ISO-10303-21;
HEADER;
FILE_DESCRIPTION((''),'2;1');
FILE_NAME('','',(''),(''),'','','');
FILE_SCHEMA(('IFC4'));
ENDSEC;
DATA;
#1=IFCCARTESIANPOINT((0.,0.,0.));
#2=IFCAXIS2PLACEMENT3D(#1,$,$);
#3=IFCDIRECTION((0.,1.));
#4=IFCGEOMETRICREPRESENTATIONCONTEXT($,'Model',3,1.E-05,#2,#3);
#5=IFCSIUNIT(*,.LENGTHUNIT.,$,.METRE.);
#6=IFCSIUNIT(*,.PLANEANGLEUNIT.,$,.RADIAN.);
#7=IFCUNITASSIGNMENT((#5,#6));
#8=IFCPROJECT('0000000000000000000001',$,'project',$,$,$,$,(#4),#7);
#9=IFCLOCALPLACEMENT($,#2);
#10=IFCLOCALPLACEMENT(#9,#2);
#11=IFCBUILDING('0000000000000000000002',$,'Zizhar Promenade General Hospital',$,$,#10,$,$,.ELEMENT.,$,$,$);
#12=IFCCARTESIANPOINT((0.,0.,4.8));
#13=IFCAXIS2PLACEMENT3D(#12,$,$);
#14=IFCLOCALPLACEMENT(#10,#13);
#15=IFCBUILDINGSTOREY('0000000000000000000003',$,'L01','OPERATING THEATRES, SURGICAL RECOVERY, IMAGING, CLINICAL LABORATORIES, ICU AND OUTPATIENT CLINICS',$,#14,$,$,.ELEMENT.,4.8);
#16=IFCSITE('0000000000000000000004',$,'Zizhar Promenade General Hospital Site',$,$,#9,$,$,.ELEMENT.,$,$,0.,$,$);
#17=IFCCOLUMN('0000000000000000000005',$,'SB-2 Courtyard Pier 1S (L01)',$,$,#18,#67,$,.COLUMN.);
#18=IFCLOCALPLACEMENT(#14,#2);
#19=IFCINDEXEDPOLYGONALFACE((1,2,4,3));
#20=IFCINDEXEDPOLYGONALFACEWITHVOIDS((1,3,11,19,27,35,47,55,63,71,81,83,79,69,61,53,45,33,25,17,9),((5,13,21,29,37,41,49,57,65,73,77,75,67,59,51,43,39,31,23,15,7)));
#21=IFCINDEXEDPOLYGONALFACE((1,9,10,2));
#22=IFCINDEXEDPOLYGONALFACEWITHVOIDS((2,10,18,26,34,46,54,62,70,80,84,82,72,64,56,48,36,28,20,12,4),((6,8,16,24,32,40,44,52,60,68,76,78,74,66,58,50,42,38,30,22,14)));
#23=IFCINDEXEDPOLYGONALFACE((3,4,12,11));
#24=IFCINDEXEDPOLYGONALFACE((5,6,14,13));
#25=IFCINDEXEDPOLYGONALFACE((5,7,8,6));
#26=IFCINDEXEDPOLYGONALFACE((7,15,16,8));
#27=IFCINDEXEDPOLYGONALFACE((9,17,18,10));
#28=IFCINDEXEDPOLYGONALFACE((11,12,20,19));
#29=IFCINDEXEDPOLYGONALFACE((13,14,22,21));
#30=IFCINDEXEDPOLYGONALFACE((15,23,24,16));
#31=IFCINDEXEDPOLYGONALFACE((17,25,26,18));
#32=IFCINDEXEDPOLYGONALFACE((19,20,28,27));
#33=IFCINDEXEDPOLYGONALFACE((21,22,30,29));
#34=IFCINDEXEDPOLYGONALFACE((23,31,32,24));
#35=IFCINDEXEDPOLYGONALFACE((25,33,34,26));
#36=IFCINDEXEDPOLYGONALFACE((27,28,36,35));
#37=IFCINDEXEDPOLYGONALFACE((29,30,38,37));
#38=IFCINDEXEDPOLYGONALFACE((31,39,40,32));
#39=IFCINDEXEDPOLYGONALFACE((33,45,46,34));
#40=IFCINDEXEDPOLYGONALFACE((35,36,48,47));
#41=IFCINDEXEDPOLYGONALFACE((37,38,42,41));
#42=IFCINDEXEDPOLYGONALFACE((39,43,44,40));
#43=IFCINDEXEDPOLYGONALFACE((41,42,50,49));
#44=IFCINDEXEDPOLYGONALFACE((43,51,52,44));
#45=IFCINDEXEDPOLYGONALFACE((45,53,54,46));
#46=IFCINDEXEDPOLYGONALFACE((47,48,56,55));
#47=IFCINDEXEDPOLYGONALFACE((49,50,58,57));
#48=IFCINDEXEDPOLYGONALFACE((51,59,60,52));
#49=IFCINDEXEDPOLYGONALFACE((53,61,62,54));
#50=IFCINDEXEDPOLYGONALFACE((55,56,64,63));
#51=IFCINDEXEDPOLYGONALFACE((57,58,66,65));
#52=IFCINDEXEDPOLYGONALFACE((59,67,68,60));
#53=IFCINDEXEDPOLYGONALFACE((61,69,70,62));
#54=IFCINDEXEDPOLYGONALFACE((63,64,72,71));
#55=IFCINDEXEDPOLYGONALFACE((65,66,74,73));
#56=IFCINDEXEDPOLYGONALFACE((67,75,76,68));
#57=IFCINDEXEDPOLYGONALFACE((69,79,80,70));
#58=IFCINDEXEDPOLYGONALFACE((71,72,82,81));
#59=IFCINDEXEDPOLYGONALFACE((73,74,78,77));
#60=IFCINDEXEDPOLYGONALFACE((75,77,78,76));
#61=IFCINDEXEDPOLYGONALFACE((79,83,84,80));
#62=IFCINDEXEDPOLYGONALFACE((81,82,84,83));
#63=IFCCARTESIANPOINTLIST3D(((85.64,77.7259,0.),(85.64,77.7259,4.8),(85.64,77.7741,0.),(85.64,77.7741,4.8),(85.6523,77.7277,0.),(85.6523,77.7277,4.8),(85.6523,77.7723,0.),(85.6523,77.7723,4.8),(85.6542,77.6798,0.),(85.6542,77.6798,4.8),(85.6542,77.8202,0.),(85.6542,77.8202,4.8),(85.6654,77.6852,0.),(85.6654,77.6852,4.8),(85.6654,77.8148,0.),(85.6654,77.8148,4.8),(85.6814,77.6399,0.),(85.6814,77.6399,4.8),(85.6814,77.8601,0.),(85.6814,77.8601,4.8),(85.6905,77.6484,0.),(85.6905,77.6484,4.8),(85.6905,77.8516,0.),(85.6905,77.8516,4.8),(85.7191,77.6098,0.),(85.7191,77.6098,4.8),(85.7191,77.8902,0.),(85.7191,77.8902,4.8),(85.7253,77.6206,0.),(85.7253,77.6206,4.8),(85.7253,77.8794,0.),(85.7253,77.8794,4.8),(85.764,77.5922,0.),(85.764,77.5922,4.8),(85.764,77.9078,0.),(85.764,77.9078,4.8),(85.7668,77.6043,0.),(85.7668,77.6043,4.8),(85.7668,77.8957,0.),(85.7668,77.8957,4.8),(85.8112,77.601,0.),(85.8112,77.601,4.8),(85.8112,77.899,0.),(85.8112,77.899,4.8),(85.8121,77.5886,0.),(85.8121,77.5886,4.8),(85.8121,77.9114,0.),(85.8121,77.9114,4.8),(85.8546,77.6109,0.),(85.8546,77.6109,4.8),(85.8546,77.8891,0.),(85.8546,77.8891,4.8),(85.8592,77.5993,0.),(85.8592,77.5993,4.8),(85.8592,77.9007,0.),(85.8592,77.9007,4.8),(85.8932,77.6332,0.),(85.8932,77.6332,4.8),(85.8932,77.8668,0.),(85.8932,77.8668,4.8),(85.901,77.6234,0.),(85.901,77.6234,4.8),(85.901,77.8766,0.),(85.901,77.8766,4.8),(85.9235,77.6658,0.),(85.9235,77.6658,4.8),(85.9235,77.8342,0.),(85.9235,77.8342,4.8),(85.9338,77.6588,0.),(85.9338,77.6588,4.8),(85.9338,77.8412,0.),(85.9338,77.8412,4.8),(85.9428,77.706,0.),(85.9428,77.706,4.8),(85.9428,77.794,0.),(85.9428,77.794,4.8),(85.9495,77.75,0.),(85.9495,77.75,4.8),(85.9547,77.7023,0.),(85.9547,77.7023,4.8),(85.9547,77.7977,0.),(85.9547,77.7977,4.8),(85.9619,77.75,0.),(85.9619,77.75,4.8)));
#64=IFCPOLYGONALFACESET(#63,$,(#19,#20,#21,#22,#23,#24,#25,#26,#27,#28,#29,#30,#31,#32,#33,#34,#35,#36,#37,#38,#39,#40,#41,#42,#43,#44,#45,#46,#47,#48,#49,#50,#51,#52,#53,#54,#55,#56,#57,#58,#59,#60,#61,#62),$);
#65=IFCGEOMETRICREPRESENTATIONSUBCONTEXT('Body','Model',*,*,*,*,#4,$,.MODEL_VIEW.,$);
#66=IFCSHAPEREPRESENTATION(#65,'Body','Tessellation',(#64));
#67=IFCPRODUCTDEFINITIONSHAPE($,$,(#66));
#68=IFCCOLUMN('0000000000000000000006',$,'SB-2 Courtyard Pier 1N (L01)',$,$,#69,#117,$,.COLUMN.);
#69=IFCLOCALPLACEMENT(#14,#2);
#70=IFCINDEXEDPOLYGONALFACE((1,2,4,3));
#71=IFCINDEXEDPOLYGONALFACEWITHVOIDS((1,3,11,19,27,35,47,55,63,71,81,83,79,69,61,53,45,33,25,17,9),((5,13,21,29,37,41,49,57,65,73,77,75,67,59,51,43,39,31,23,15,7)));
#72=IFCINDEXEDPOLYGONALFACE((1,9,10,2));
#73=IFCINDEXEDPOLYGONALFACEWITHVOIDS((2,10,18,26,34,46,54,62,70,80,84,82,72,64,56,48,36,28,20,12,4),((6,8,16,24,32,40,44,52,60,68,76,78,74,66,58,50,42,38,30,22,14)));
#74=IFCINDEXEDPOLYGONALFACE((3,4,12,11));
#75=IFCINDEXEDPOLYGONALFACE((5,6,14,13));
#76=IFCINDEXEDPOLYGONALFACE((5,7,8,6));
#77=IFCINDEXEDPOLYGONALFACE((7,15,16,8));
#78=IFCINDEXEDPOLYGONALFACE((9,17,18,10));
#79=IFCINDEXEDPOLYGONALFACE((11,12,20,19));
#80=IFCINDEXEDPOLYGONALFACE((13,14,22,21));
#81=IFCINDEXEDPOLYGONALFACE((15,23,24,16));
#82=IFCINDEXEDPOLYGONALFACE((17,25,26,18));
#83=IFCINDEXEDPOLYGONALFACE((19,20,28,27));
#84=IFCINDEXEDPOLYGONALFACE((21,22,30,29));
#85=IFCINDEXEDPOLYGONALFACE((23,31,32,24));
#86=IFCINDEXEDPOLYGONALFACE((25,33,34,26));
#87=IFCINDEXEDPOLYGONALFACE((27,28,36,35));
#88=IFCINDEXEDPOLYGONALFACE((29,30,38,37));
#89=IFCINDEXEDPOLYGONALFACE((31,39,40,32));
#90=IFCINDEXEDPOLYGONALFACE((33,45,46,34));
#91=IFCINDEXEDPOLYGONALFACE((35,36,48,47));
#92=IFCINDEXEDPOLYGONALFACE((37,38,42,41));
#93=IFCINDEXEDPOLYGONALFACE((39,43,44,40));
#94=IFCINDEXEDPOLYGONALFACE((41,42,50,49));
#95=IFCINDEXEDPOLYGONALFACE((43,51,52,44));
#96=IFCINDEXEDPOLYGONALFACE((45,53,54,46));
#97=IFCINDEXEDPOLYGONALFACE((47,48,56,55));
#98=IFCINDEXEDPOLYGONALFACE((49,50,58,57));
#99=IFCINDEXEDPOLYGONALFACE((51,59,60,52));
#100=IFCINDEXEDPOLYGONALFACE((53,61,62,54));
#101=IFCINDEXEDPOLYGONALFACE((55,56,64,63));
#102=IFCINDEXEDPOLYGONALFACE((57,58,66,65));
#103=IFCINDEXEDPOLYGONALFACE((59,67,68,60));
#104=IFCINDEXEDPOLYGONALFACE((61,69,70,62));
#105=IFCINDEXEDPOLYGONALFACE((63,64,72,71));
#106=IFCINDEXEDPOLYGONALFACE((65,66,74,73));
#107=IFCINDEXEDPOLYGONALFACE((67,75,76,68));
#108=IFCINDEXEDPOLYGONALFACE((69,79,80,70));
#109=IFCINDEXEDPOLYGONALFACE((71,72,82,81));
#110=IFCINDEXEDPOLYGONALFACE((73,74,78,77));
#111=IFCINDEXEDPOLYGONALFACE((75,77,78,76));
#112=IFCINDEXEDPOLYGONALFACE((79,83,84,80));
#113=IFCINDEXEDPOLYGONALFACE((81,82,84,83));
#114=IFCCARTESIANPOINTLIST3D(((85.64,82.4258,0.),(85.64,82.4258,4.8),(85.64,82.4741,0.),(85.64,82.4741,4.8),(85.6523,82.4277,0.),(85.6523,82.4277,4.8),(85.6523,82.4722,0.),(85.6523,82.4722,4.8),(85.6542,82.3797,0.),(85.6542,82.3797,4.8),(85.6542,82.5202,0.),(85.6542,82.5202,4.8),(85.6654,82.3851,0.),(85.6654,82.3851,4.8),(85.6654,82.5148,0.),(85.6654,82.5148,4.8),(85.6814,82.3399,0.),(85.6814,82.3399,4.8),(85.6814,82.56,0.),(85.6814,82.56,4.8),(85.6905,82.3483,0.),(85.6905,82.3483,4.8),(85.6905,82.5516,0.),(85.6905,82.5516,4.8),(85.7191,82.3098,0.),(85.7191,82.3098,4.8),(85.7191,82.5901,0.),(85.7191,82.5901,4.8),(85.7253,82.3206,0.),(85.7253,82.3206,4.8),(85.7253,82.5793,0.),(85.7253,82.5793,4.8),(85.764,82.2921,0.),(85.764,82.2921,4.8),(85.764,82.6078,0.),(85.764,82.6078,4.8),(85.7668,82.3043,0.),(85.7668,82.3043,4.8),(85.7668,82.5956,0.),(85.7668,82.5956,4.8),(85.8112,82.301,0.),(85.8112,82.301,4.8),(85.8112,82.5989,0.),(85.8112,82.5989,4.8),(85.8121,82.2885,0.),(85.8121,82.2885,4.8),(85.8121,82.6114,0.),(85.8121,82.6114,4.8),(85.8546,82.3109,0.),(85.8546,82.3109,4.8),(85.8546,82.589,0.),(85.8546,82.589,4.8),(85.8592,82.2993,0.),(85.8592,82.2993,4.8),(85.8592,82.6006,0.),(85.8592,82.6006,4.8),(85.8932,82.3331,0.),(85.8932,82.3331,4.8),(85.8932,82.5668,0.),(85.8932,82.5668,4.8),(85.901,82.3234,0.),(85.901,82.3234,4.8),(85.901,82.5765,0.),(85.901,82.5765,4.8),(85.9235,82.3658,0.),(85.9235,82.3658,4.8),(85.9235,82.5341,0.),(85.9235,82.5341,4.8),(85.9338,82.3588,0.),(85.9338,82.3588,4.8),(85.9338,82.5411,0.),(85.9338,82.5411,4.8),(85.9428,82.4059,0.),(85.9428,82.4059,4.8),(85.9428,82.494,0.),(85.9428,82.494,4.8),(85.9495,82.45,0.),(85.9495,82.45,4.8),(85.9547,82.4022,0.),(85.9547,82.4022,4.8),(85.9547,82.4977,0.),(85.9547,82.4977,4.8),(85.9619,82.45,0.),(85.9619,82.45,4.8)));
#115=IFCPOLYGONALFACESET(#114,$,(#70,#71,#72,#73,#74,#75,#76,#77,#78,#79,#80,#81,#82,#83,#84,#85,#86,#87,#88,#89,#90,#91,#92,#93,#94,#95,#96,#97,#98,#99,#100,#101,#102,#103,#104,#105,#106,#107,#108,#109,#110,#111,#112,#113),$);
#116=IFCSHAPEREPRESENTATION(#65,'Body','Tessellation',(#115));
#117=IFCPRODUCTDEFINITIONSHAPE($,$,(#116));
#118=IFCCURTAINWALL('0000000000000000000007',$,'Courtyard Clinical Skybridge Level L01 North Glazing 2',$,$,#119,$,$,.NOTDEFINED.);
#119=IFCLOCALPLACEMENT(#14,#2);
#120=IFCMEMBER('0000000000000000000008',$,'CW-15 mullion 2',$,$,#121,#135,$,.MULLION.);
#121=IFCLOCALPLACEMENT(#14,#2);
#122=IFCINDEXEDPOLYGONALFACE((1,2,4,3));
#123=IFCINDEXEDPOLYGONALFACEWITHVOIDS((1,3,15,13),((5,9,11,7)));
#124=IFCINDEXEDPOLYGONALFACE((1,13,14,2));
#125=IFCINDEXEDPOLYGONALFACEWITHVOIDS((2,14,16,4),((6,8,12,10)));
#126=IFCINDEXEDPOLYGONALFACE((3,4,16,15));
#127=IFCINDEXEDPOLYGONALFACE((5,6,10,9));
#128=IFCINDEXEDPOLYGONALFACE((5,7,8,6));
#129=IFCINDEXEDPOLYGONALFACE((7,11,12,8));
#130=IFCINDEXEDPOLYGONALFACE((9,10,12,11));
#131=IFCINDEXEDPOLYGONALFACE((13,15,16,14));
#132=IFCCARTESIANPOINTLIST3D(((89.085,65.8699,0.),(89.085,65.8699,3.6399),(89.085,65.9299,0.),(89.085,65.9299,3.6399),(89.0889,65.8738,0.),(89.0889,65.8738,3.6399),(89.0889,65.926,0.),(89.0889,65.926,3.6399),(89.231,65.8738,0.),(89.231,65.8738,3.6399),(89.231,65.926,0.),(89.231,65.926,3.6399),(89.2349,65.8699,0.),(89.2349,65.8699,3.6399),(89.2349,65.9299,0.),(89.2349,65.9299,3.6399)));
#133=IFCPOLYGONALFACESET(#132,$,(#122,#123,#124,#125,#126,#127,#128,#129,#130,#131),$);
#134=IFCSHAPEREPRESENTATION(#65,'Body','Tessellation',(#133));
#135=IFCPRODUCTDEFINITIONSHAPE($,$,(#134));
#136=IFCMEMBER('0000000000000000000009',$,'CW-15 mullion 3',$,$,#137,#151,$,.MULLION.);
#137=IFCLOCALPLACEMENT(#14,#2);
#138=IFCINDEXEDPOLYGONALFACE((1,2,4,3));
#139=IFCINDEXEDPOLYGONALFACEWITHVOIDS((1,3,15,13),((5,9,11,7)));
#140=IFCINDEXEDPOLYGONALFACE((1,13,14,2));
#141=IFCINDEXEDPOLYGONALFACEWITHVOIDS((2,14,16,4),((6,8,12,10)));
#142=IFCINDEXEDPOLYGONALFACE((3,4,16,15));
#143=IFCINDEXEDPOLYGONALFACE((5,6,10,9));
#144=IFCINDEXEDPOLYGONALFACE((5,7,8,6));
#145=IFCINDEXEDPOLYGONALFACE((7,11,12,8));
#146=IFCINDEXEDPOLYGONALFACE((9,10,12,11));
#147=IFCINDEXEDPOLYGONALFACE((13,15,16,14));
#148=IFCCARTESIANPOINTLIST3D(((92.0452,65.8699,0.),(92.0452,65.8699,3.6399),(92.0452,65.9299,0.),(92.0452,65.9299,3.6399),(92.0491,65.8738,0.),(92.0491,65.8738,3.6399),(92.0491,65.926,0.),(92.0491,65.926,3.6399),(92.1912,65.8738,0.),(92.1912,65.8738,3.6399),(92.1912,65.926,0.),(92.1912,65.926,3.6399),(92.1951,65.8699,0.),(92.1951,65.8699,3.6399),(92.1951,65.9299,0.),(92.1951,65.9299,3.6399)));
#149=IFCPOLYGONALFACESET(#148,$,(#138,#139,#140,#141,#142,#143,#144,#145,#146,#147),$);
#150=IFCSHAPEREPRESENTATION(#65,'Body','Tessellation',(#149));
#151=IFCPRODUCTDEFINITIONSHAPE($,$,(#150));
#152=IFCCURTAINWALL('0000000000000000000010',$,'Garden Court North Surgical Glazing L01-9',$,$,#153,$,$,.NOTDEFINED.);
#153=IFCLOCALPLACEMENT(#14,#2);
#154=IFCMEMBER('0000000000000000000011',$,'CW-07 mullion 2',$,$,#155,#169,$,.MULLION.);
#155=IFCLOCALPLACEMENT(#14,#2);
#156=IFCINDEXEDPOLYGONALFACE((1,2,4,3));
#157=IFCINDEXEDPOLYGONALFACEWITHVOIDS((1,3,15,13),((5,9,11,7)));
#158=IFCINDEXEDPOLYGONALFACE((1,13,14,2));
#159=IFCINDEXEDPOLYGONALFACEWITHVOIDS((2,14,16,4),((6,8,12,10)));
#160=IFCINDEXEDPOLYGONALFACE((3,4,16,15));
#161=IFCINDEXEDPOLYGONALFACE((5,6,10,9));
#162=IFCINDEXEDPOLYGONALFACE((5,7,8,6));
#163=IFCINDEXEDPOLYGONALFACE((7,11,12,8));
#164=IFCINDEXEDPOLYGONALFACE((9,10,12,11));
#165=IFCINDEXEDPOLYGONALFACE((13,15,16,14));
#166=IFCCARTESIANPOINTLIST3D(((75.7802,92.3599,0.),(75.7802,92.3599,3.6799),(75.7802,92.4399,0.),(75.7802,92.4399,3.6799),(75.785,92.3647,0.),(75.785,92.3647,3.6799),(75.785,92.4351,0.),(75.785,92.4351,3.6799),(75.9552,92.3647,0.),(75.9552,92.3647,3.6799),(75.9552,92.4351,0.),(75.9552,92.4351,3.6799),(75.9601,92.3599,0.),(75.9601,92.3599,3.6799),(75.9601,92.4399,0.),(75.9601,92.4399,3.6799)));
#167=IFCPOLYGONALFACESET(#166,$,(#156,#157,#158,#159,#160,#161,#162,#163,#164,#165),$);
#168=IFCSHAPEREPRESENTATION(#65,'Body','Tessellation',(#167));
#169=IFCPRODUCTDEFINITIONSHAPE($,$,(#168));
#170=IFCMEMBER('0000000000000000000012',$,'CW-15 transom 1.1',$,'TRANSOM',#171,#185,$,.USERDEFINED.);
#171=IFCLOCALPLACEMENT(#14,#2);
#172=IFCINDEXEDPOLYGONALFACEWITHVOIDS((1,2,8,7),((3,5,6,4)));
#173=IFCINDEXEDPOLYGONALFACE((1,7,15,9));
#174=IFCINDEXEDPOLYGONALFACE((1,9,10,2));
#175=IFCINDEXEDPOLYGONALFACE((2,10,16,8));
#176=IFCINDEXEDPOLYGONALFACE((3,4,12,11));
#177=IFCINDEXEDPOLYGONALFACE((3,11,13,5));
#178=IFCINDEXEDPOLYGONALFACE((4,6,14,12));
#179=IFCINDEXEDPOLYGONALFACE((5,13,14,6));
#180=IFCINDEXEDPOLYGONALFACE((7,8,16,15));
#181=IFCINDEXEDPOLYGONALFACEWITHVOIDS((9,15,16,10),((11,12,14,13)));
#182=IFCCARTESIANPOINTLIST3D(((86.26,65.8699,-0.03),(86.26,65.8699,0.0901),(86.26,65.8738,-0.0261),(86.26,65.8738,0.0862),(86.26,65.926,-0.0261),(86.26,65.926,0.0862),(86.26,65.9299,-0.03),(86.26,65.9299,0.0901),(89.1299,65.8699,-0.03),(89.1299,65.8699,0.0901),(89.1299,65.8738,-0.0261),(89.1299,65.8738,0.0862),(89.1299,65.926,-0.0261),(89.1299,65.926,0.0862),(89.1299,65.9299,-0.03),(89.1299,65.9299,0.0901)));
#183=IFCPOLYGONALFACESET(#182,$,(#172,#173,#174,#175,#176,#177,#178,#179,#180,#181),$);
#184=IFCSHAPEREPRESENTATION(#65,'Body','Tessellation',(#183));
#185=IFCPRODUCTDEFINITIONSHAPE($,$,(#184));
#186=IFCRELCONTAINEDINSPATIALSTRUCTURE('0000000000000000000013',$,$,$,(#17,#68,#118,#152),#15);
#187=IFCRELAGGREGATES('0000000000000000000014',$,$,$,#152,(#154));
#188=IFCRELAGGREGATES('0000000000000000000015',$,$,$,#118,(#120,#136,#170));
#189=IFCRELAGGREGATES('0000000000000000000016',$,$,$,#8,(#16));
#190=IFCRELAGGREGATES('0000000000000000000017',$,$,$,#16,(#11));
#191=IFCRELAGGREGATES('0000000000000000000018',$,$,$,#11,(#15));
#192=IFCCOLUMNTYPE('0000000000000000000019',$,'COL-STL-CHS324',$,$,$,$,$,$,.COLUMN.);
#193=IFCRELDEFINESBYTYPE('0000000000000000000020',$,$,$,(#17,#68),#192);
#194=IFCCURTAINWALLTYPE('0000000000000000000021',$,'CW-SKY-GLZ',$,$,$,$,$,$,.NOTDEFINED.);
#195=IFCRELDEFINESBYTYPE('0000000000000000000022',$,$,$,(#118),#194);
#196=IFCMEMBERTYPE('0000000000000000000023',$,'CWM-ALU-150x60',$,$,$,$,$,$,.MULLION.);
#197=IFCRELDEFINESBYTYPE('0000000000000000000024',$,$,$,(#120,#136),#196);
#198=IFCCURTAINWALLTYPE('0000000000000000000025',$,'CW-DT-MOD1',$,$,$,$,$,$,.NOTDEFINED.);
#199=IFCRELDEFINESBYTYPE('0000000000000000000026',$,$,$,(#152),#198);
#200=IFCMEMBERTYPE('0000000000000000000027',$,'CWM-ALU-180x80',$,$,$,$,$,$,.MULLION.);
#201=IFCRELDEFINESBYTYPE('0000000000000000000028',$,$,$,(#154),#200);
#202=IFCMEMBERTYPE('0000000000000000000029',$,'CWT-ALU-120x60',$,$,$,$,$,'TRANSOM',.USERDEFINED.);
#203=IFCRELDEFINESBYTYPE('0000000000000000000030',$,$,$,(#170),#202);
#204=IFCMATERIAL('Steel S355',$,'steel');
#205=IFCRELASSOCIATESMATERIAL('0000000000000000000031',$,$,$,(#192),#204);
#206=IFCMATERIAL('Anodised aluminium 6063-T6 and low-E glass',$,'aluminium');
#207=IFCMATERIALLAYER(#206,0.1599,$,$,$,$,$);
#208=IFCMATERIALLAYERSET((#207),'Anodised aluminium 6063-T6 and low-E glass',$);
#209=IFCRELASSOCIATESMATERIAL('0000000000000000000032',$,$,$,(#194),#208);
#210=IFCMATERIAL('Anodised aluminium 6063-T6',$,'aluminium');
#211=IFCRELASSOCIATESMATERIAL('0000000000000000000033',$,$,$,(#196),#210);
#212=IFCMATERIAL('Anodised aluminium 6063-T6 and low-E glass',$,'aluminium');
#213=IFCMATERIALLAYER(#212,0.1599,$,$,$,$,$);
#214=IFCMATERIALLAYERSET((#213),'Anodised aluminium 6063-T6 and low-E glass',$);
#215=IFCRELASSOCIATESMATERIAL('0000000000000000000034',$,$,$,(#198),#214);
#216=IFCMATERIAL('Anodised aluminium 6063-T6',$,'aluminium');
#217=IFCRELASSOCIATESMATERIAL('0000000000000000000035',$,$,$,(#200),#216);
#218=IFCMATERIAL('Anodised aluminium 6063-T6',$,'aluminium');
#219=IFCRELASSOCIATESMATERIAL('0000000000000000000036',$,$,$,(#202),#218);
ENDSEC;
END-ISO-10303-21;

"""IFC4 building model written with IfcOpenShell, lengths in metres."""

from ifc_helpers import new_model, si_unit, direction, frame, origin, origin_2d, place, context, subcontext, project, spatial, hollow_rectangle, hollow_circle, extrude, material, layer, layer_set, material_profile, profile_set, type_object, element, aggregate, save


model = new_model("IFC4")

# Units and contexts
model_context = context("Model", 3, precision=1e-05, world=origin(), true_north=direction((0.0, 1.0)))
body_context = subcontext(model_context, "Body", "Model", "MODEL_VIEW")
ifc_project = project(units=[si_unit("LENGTHUNIT", "METRE"), si_unit("PLANEANGLEUNIT", "RADIAN")], contexts=[model_context])

# Site, building, storey
site_placement = place(None, origin())
site = spatial("IfcSite", under=ifc_project, at=site_placement, Name="Zizhar Promenade General Hospital Site", CompositionType="ELEMENT", RefElevation=0.0)
building_placement = place(site_placement, origin())
building = spatial("IfcBuilding", under=site, at=building_placement, Name="Zizhar Promenade General Hospital", CompositionType="ELEMENT")
storey_placement = place(building_placement, frame((0.0, 0.0, 4.8)))
storey = spatial("IfcBuildingStorey", under=building, at=storey_placement, Name="L01", Description="OPERATING THEATRES, SURGICAL RECOVERY, IMAGING, CLINICAL LABORATORIES, ICU AND OUTPATIENT CLINICS", CompositionType="ELEMENT", Elevation=4.8)

# Columns
ifc_material_1 = material(Name="Steel S355", Category="steel")
ifc_material_profile_1 = material_profile(ifc_material_1, hollow_circle(Radius=0.1619, WallThickness=0.0125, at=origin_2d()))
ifc_profile_set_1 = profile_set([ifc_material_profile_1], Name="Steel S355")
column_type = type_object("IfcColumnType", Name="COL-STL-CHS324", PredefinedType="COLUMN", material=ifc_profile_set_1)
for number, where, z_axis, x_axis, name in (
    (1, (85.8, 77.75, 0.0), (0.0, 0.0, 1.0), (1.0, 0.0, 0.0), "SB-2 Courtyard Pier 1S (L01)"),
    (2, (85.8, 82.45, 0.0), (0.0, 0.0, 1.0), (1.0, 0.0, 0.0), "SB-2 Courtyard Pier 1N (L01)"),
):
    element("IfcColumn", number, at=place(storey_placement, frame(where, z_axis=z_axis, x_axis=x_axis)), inside=storey, type_object=column_type, Name=name, PredefinedType="COLUMN", context=body_context, shape_type="SweptSolid", body=[
        extrude(hollow_circle(Radius=0.1619, WallThickness=0.0125, at=origin_2d()), origin(), (0.0, 0.0, 1.0), 4.8),
    ])

# Curtain wall, members
ifc_material_2 = material(Name="Anodised aluminium 6063-T6 and low-E glass", Category="aluminium")
ifc_layer_1 = layer(ifc_material_2, 0.1599)
ifc_layer_set_1 = layer_set([ifc_layer_1], Name="Anodised aluminium 6063-T6 and low-E glass")
curtain_wall_type_1 = type_object("IfcCurtainWallType", Name="CW-SKY-GLZ", PredefinedType="NOTDEFINED", material=ifc_layer_set_1)
curtain_wall_1_placement = place(storey_placement, origin())
curtain_wall_1 = element("IfcCurtainWall", 3, at=curtain_wall_1_placement, inside=storey, type_object=curtain_wall_type_1, Name="Courtyard Clinical Skybridge Level L01 North Glazing 2", PredefinedType="NOTDEFINED")
ifc_material_3 = material(Name="Anodised aluminium 6063-T6", Category="aluminium")
ifc_material_profile_2 = material_profile(ifc_material_3, hollow_rectangle(XDim=0.0601, YDim=0.1499, WallThickness=0.0039, at=origin_2d()))
ifc_profile_set_2 = profile_set([ifc_material_profile_2], Name="Anodised aluminium 6063-T6")
member_type_1 = type_object("IfcMemberType", Name="CWM-ALU-150x60", PredefinedType="MULLION", material=ifc_profile_set_2)
member_1_placement = place(storey_placement, frame((89.1599, 65.8999, 0.0), z_axis=(0.0, 0.0, 1.0), x_axis=(0.0, 1.0, 0.0)))
member_1 = element("IfcMember", 4, at=member_1_placement, type_object=member_type_1, Name="CW-15 mullion 2", PredefinedType="MULLION", context=body_context, shape_type="SweptSolid", body=[
    extrude(hollow_rectangle(XDim=0.0601, YDim=0.1499, WallThickness=0.0039, at=origin_2d()), origin(), (0.0, 0.0, 1.0), 3.6399),
])
member_2_placement = place(storey_placement, frame((92.1201, 65.8999, 0.0), z_axis=(0.0, 0.0, 1.0), x_axis=(0.0, 1.0, 0.0)))
member_2 = element("IfcMember", 5, at=member_2_placement, type_object=member_type_1, Name="CW-15 mullion 3", PredefinedType="MULLION", context=body_context, shape_type="SweptSolid", body=[
    extrude(hollow_rectangle(XDim=0.0601, YDim=0.1499, WallThickness=0.0039, at=origin_2d()), origin(), (0.0, 0.0, 1.0), 3.6399),
])

# Curtain wall, member
ifc_material_4 = material(Name="Anodised aluminium 6063-T6 and low-E glass", Category="aluminium")
ifc_layer_2 = layer(ifc_material_4, 0.1599)
ifc_layer_set_2 = layer_set([ifc_layer_2], Name="Anodised aluminium 6063-T6 and low-E glass")
curtain_wall_type_2 = type_object("IfcCurtainWallType", Name="CW-DT-MOD1", PredefinedType="NOTDEFINED", material=ifc_layer_set_2)
curtain_wall_2_placement = place(storey_placement, origin())
curtain_wall_2 = element("IfcCurtainWall", 6, at=curtain_wall_2_placement, inside=storey, type_object=curtain_wall_type_2, Name="Garden Court North Surgical Glazing L01-9", PredefinedType="NOTDEFINED")
ifc_material_5 = material(Name="Anodised aluminium 6063-T6", Category="aluminium")
ifc_material_profile_3 = material_profile(ifc_material_5, hollow_rectangle(XDim=0.0801, YDim=0.1799, WallThickness=0.0049, at=origin_2d()))
ifc_profile_set_3 = profile_set([ifc_material_profile_3], Name="Anodised aluminium 6063-T6")
member_type_2 = type_object("IfcMemberType", Name="CWM-ALU-180x80", PredefinedType="MULLION", material=ifc_profile_set_3)
member_3_placement = place(storey_placement, frame((75.8701, 92.3999, 0.0), z_axis=(0.0, 0.0, 1.0), x_axis=(0.0, -1.0, 0.0)))
member_3 = element("IfcMember", 7, at=member_3_placement, type_object=member_type_2, Name="CW-07 mullion 2", PredefinedType="MULLION", context=body_context, shape_type="SweptSolid", body=[
    extrude(hollow_rectangle(XDim=0.0801, YDim=0.1799, WallThickness=0.0049, at=origin_2d()), origin(), (0.0, 0.0, 1.0), 3.6799),
])

# Member
ifc_material_6 = material(Name="Anodised aluminium 6063-T6", Category="aluminium")
ifc_material_profile_4 = material_profile(ifc_material_6, hollow_rectangle(XDim=0.0601, YDim=0.1201, WallThickness=0.0039, at=origin_2d()))
ifc_profile_set_4 = profile_set([ifc_material_profile_4], Name="Anodised aluminium 6063-T6")
member_type_3 = type_object("IfcMemberType", Name="CWT-ALU-120x60", ElementType="TRANSOM", PredefinedType="USERDEFINED", material=ifc_profile_set_4)
member_4_placement = place(storey_placement, frame((86.26, 65.8999, 0.03), z_axis=(1.0, 0.0, 0.0), x_axis=(0.0, 1.0, 0.0)))
member_4 = element("IfcMember", 8, at=member_4_placement, type_object=member_type_3, Name="CW-15 transom 1.1", ObjectType="TRANSOM", PredefinedType="USERDEFINED", context=body_context, shape_type="SweptSolid", body=[
    extrude(hollow_rectangle(XDim=0.0601, YDim=0.1201, WallThickness=0.0039, at=origin_2d()), origin(), (0.0, 0.0, 1.0), 2.8699),
])

aggregate(curtain_wall_2, [member_3])
aggregate(curtain_wall_1, [member_1, member_2, member_4])

save(model, "model.ifc")
